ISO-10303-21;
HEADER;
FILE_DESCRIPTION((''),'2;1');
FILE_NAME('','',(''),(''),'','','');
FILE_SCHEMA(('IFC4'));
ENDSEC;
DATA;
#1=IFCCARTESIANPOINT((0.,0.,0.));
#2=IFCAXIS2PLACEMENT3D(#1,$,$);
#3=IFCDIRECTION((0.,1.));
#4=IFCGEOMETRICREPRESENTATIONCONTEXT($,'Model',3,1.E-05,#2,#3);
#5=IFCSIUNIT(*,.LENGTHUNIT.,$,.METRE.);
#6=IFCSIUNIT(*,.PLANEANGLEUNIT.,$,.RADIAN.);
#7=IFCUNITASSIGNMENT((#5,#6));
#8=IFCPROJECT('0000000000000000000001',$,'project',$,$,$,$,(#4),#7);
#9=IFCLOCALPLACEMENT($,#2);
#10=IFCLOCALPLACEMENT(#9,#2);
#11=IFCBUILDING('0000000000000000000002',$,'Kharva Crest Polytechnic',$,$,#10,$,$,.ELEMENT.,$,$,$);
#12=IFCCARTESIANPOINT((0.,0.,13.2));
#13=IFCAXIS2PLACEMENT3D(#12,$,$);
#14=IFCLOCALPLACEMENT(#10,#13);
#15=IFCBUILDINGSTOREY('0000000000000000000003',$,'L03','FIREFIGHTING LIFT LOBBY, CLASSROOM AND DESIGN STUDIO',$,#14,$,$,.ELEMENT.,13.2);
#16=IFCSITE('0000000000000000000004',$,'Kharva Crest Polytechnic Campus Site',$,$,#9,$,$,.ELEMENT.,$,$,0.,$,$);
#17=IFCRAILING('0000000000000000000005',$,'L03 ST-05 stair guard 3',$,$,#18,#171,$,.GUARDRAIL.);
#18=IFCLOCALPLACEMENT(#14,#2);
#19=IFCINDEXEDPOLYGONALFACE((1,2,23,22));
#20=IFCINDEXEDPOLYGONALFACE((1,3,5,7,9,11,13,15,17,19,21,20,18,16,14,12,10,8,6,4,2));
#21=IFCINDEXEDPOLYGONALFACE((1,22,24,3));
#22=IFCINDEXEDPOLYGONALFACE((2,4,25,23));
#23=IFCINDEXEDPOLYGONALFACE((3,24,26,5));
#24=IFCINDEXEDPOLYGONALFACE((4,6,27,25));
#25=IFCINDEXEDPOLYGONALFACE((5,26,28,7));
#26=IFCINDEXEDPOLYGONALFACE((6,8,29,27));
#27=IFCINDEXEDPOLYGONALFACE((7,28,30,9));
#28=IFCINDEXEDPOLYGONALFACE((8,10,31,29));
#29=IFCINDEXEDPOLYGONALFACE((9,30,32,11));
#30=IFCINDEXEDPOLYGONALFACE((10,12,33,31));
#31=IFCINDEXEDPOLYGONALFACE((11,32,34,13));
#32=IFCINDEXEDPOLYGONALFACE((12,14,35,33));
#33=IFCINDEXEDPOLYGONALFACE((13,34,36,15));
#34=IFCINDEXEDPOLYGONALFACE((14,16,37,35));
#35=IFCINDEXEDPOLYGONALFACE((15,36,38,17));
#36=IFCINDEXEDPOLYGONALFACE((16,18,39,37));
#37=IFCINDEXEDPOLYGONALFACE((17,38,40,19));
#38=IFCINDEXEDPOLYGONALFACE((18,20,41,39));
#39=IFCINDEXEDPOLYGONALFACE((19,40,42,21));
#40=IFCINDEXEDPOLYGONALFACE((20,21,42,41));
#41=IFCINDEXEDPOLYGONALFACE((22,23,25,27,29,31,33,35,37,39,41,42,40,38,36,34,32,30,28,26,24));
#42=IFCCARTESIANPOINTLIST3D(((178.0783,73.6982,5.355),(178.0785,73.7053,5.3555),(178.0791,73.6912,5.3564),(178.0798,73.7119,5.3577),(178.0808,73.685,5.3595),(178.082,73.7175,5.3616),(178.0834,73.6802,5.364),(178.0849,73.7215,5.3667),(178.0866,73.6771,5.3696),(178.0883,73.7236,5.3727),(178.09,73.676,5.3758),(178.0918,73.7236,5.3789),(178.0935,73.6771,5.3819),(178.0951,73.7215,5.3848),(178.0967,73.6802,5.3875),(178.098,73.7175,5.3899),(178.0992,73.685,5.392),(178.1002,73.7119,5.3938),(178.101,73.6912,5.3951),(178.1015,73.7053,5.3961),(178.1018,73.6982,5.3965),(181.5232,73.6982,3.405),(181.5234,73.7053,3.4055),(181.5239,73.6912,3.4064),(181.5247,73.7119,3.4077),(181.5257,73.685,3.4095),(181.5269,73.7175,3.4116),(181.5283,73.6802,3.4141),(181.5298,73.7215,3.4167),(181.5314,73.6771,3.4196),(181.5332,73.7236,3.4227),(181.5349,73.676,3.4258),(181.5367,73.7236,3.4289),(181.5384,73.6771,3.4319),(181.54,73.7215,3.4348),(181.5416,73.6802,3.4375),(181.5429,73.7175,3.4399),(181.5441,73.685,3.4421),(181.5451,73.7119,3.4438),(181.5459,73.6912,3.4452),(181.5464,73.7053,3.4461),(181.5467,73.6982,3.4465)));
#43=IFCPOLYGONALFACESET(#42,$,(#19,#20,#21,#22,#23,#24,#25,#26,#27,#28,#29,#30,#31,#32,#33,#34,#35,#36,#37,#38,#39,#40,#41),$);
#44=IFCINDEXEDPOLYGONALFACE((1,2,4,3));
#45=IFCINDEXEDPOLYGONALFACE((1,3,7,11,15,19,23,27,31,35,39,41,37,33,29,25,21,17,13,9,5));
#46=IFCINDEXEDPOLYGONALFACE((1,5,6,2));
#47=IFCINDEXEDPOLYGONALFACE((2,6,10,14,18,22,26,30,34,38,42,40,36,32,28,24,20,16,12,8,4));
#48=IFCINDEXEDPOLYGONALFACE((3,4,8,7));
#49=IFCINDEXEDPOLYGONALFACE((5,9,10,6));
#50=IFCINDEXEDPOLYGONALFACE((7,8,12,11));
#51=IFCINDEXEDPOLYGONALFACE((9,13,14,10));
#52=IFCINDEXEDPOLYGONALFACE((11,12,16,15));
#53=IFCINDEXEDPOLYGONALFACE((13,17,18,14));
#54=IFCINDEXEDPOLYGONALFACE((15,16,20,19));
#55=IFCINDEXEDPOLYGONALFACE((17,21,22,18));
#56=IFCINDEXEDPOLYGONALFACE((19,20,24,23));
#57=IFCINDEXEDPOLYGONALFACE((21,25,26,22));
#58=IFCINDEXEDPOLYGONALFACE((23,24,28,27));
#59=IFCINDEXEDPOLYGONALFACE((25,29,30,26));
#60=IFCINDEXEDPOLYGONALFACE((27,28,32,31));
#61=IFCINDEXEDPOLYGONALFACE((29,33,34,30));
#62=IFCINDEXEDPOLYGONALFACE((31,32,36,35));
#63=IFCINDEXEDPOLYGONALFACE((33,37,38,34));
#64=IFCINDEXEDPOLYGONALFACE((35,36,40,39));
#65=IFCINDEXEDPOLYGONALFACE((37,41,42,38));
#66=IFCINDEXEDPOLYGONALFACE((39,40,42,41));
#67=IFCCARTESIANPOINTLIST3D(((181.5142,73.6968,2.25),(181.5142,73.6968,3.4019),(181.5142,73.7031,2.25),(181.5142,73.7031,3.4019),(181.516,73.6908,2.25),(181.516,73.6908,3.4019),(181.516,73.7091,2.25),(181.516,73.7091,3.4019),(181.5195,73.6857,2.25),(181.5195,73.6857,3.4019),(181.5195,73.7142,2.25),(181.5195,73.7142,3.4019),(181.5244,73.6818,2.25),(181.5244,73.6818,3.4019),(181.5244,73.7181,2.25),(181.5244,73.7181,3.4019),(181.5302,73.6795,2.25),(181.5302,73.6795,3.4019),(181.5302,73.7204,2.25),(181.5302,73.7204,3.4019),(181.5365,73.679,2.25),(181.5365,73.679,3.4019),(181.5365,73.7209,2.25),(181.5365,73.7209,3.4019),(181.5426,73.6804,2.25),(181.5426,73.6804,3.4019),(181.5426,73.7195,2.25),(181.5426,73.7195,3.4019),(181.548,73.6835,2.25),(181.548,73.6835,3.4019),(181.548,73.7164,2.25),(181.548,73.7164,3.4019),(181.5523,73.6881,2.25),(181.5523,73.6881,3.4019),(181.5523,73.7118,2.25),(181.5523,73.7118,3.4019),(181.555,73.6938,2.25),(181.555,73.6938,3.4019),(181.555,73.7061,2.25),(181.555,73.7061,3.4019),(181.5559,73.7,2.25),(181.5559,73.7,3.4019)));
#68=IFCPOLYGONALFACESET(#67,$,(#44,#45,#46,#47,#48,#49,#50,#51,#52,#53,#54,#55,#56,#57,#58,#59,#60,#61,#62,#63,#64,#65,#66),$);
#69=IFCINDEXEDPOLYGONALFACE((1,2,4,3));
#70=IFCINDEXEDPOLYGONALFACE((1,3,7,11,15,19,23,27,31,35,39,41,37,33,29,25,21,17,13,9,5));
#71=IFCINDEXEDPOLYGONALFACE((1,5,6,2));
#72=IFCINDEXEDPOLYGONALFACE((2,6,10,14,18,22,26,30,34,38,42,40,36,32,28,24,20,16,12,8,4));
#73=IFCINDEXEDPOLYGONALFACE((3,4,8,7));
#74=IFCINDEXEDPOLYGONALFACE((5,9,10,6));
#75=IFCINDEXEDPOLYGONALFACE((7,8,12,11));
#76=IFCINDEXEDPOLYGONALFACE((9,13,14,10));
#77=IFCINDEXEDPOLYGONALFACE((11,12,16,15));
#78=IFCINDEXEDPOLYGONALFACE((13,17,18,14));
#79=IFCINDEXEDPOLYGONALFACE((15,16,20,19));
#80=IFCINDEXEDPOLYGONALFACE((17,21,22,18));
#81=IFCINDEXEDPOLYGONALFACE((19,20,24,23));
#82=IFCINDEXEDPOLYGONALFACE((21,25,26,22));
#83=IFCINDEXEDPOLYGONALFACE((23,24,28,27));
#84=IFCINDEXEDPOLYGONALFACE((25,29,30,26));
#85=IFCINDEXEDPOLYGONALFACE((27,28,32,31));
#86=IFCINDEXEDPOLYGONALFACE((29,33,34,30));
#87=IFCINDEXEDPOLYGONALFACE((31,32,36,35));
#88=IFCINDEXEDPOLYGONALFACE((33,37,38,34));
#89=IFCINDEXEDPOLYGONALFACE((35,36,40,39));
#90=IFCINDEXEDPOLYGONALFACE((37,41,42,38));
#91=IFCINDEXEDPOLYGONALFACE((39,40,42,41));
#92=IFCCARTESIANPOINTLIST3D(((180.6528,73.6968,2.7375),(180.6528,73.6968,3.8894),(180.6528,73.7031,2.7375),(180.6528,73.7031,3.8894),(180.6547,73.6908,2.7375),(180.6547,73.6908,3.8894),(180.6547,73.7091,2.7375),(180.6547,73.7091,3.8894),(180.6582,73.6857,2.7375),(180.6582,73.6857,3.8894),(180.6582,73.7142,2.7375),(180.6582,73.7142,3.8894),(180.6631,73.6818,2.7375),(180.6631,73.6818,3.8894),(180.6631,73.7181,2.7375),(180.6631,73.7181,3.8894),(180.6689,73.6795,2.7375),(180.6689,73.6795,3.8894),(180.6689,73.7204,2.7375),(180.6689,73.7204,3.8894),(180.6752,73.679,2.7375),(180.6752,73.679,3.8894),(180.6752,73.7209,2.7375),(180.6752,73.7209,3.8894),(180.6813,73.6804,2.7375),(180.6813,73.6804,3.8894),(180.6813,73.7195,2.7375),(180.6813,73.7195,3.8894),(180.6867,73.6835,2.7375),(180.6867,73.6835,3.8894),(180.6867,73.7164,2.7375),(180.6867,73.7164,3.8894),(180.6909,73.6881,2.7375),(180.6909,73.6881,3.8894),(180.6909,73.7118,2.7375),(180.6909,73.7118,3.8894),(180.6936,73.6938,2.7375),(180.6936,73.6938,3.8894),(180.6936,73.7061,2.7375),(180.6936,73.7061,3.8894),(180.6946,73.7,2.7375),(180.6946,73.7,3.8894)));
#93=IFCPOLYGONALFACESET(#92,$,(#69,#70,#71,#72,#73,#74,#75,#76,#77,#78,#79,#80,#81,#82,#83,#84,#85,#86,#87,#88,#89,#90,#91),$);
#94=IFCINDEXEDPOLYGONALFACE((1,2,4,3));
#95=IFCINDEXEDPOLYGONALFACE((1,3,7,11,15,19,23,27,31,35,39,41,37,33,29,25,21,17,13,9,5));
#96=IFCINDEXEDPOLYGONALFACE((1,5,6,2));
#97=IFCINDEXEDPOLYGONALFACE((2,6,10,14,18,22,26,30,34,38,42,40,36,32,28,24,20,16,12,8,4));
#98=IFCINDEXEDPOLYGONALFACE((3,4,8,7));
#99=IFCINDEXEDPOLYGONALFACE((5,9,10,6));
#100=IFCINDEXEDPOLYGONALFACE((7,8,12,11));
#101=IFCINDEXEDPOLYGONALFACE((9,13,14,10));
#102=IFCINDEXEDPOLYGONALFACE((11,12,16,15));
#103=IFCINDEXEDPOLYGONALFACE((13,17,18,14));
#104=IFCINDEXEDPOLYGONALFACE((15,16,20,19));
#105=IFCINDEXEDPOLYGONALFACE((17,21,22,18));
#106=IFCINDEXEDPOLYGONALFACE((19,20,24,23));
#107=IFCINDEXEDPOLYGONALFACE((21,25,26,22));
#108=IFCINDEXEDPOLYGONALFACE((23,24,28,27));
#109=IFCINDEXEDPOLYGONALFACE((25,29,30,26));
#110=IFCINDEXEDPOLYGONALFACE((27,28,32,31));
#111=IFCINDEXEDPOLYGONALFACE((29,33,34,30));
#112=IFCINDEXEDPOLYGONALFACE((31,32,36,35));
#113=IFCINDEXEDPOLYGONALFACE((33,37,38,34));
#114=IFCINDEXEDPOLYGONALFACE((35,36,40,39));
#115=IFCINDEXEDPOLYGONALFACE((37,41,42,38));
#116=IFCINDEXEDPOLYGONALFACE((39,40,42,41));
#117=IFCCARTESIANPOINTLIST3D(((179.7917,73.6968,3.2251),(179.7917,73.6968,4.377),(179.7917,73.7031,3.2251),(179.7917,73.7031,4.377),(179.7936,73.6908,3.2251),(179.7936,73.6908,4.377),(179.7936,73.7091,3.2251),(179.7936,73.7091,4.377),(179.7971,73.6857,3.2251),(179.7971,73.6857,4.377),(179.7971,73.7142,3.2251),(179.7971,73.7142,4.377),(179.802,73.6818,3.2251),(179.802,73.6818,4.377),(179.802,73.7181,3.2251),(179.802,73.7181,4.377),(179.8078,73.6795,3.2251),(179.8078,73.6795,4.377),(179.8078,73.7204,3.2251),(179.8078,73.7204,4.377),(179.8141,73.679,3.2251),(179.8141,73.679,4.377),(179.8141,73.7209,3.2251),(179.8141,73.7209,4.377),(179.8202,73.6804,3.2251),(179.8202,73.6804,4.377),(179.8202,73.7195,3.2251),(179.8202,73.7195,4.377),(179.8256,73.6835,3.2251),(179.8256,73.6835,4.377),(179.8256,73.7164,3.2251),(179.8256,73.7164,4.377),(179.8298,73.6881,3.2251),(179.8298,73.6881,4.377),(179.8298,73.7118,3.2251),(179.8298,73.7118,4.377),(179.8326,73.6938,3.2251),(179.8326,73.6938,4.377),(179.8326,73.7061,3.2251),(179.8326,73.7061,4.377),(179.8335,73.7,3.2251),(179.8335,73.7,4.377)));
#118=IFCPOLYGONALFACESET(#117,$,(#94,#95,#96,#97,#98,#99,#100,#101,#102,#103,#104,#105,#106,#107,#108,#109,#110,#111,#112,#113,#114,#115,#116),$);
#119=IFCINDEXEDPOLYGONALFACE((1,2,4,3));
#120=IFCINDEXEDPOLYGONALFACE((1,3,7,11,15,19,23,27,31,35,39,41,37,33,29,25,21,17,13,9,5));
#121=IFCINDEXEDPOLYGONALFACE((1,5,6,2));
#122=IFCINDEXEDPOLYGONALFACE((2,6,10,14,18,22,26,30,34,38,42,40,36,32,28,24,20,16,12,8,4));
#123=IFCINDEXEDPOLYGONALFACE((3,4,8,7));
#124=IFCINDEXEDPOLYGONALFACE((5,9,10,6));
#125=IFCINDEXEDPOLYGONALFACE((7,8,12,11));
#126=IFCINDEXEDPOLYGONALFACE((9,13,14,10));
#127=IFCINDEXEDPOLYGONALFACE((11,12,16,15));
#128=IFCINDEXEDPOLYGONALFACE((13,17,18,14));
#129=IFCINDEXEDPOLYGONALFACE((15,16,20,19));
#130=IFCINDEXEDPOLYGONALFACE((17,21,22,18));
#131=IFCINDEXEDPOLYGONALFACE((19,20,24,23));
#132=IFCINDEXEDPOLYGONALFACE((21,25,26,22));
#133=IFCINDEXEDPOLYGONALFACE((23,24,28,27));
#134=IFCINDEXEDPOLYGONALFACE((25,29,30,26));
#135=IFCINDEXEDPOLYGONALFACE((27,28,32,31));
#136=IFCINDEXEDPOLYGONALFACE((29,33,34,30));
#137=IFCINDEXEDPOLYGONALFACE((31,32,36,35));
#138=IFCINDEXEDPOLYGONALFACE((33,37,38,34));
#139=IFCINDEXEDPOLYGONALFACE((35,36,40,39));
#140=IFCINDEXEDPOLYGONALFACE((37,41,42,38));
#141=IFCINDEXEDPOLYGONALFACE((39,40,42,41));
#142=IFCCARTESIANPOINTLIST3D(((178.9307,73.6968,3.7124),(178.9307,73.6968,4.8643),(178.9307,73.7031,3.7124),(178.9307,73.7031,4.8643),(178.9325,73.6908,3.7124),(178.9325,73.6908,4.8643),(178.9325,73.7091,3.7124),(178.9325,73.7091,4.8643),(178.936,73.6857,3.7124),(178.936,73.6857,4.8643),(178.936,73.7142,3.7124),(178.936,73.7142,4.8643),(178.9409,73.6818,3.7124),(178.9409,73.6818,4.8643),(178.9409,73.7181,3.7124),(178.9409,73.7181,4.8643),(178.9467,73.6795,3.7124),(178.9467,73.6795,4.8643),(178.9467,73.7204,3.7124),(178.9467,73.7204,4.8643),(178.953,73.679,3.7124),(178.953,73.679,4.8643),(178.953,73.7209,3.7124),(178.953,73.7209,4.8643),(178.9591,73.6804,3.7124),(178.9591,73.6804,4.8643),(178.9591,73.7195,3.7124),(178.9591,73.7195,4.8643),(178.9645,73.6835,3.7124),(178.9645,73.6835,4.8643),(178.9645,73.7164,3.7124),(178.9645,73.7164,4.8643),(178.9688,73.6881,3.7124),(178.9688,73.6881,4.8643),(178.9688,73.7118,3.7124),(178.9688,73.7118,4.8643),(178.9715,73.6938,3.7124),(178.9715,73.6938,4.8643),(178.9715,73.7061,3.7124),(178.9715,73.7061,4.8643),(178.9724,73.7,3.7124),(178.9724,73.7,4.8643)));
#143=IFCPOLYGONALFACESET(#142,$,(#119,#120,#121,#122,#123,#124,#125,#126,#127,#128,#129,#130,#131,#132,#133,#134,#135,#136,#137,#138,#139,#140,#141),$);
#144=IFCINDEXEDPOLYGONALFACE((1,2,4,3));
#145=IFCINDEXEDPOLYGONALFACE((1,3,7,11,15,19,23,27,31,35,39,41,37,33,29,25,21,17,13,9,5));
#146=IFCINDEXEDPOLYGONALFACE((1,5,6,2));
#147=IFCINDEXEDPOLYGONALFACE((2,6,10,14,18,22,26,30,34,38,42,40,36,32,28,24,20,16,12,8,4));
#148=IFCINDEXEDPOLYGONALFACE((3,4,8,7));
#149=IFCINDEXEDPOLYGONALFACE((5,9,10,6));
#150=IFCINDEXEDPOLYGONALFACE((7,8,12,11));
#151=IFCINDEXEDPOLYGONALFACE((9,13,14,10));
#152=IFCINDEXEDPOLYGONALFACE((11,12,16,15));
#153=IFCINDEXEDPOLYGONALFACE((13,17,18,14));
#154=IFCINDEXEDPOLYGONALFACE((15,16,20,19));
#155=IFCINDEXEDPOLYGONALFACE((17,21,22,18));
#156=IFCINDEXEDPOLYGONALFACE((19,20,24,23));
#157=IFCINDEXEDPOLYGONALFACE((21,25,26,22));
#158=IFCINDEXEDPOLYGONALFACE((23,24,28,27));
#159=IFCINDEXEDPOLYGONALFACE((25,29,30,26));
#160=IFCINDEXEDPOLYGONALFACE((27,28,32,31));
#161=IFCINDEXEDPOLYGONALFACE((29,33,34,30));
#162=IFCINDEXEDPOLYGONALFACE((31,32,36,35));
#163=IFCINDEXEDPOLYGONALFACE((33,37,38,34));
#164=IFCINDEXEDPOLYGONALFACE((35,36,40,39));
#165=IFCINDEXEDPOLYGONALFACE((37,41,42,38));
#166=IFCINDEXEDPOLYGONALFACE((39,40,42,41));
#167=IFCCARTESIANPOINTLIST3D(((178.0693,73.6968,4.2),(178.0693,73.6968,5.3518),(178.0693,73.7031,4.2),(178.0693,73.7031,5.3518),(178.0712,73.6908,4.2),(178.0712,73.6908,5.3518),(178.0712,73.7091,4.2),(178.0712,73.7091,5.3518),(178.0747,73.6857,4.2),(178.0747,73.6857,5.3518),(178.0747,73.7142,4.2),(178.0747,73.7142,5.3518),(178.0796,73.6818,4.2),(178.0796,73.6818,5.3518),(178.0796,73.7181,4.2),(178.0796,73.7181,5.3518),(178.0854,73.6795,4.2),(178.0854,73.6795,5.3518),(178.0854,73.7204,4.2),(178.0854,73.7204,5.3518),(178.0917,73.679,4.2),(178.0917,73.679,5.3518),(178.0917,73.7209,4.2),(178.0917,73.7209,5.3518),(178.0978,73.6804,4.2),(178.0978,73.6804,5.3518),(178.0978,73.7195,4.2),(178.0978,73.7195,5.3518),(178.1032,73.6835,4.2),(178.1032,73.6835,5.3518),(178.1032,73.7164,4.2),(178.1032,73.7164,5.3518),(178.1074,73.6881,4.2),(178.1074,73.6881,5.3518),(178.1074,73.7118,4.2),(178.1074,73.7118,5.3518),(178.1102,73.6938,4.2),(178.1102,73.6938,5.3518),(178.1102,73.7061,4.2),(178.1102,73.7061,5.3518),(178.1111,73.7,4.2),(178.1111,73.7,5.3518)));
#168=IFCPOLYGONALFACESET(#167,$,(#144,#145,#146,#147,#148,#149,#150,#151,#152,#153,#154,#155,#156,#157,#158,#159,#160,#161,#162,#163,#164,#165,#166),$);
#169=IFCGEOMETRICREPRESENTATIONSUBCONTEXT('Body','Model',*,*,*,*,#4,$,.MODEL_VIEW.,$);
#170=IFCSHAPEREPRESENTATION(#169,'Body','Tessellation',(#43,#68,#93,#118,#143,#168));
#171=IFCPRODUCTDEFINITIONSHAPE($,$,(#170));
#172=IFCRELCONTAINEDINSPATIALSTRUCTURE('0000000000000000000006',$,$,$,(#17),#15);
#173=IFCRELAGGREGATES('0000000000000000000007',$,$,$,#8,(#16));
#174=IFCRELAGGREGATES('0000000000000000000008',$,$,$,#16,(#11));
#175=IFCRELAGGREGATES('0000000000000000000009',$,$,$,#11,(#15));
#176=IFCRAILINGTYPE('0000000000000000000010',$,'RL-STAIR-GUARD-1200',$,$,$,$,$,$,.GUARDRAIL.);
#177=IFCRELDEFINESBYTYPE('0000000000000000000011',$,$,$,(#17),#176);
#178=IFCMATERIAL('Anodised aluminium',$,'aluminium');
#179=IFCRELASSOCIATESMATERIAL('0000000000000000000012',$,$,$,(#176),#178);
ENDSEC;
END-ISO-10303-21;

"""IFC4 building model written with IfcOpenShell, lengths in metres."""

from ifc_helpers import new_model, si_unit, direction, frame, origin, origin_2d, place, context, subcontext, project, spatial, circle, extrude, material, type_object, element, save


model = new_model("IFC4")

# Units and contexts
model_context = context("Model", 3, precision=1e-05, world=origin(), true_north=direction((0.0, 1.0)))
body_context = subcontext(model_context, "Body", "Model", "MODEL_VIEW")
ifc_project = project(units=[si_unit("LENGTHUNIT", "METRE"), si_unit("PLANEANGLEUNIT", "RADIAN")], contexts=[model_context])

# Site, building, storey
site_placement = place(None, origin())
site = spatial("IfcSite", under=ifc_project, at=site_placement, Name="Kharva Crest Polytechnic Campus Site", CompositionType="ELEMENT", RefElevation=0.0)
building_placement = place(site_placement, origin())
building = spatial("IfcBuilding", under=site, at=building_placement, Name="Kharva Crest Polytechnic", CompositionType="ELEMENT")
storey_placement = place(building_placement, frame((0.0, 0.0, 13.2)))
storey = spatial("IfcBuildingStorey", under=building, at=storey_placement, Name="L03", Description="FIREFIGHTING LIFT LOBBY, CLASSROOM AND DESIGN STUDIO", CompositionType="ELEMENT", Elevation=13.2)

# Shared definitions
ifc_material_1 = material(Name="Anodised aluminium", Category="aluminium")

# Railing
railing_type_1 = type_object("IfcRailingType", Name="RL-STAIR-GUARD-1200", PredefinedType="GUARDRAIL", material=ifc_material_1)
railing_1_placement = place(storey_placement, frame((181.5349, 73.7, 2.25)))
element("IfcRailing", 1, at=railing_1_placement, inside=storey, type_object=railing_type_1, Name="L03 ST-05 stair guard 3", PredefinedType="GUARDRAIL", context=body_context, shape_type="SweptSolid", body=[
    extrude(circle(Radius=0.0239, at=origin_2d()), frame((0.0, 0.0, 1.1758), z_axis=(-0.870251, 0.0, 0.492608), x_axis=(0.0, -1.0, 0.0)), (0.0, 0.0, 1.0), 3.9585),
    extrude(circle(Radius=0.021, at=origin_2d()), origin(), (0.0, 0.0, 1.0), 1.1519),
    extrude(circle(Radius=0.021, at=origin_2d()), frame((-0.8613, 0.0, 0.4875)), (0.0, 0.0, 1.0), 1.1519),
    extrude(circle(Radius=0.021, at=origin_2d()), frame((-1.7224, 0.0, 0.9751)), (0.0, 0.0, 1.0), 1.1519),
    extrude(circle(Radius=0.021, at=origin_2d()), frame((-2.5835, 0.0, 1.4624)), (0.0, 0.0, 1.0), 1.1519),
    extrude(circle(Radius=0.021, at=origin_2d()), frame((-3.4448, 0.0, 1.95)), (0.0, 0.0, 1.0), 1.1519),
])

save(model, "model.ifc")
